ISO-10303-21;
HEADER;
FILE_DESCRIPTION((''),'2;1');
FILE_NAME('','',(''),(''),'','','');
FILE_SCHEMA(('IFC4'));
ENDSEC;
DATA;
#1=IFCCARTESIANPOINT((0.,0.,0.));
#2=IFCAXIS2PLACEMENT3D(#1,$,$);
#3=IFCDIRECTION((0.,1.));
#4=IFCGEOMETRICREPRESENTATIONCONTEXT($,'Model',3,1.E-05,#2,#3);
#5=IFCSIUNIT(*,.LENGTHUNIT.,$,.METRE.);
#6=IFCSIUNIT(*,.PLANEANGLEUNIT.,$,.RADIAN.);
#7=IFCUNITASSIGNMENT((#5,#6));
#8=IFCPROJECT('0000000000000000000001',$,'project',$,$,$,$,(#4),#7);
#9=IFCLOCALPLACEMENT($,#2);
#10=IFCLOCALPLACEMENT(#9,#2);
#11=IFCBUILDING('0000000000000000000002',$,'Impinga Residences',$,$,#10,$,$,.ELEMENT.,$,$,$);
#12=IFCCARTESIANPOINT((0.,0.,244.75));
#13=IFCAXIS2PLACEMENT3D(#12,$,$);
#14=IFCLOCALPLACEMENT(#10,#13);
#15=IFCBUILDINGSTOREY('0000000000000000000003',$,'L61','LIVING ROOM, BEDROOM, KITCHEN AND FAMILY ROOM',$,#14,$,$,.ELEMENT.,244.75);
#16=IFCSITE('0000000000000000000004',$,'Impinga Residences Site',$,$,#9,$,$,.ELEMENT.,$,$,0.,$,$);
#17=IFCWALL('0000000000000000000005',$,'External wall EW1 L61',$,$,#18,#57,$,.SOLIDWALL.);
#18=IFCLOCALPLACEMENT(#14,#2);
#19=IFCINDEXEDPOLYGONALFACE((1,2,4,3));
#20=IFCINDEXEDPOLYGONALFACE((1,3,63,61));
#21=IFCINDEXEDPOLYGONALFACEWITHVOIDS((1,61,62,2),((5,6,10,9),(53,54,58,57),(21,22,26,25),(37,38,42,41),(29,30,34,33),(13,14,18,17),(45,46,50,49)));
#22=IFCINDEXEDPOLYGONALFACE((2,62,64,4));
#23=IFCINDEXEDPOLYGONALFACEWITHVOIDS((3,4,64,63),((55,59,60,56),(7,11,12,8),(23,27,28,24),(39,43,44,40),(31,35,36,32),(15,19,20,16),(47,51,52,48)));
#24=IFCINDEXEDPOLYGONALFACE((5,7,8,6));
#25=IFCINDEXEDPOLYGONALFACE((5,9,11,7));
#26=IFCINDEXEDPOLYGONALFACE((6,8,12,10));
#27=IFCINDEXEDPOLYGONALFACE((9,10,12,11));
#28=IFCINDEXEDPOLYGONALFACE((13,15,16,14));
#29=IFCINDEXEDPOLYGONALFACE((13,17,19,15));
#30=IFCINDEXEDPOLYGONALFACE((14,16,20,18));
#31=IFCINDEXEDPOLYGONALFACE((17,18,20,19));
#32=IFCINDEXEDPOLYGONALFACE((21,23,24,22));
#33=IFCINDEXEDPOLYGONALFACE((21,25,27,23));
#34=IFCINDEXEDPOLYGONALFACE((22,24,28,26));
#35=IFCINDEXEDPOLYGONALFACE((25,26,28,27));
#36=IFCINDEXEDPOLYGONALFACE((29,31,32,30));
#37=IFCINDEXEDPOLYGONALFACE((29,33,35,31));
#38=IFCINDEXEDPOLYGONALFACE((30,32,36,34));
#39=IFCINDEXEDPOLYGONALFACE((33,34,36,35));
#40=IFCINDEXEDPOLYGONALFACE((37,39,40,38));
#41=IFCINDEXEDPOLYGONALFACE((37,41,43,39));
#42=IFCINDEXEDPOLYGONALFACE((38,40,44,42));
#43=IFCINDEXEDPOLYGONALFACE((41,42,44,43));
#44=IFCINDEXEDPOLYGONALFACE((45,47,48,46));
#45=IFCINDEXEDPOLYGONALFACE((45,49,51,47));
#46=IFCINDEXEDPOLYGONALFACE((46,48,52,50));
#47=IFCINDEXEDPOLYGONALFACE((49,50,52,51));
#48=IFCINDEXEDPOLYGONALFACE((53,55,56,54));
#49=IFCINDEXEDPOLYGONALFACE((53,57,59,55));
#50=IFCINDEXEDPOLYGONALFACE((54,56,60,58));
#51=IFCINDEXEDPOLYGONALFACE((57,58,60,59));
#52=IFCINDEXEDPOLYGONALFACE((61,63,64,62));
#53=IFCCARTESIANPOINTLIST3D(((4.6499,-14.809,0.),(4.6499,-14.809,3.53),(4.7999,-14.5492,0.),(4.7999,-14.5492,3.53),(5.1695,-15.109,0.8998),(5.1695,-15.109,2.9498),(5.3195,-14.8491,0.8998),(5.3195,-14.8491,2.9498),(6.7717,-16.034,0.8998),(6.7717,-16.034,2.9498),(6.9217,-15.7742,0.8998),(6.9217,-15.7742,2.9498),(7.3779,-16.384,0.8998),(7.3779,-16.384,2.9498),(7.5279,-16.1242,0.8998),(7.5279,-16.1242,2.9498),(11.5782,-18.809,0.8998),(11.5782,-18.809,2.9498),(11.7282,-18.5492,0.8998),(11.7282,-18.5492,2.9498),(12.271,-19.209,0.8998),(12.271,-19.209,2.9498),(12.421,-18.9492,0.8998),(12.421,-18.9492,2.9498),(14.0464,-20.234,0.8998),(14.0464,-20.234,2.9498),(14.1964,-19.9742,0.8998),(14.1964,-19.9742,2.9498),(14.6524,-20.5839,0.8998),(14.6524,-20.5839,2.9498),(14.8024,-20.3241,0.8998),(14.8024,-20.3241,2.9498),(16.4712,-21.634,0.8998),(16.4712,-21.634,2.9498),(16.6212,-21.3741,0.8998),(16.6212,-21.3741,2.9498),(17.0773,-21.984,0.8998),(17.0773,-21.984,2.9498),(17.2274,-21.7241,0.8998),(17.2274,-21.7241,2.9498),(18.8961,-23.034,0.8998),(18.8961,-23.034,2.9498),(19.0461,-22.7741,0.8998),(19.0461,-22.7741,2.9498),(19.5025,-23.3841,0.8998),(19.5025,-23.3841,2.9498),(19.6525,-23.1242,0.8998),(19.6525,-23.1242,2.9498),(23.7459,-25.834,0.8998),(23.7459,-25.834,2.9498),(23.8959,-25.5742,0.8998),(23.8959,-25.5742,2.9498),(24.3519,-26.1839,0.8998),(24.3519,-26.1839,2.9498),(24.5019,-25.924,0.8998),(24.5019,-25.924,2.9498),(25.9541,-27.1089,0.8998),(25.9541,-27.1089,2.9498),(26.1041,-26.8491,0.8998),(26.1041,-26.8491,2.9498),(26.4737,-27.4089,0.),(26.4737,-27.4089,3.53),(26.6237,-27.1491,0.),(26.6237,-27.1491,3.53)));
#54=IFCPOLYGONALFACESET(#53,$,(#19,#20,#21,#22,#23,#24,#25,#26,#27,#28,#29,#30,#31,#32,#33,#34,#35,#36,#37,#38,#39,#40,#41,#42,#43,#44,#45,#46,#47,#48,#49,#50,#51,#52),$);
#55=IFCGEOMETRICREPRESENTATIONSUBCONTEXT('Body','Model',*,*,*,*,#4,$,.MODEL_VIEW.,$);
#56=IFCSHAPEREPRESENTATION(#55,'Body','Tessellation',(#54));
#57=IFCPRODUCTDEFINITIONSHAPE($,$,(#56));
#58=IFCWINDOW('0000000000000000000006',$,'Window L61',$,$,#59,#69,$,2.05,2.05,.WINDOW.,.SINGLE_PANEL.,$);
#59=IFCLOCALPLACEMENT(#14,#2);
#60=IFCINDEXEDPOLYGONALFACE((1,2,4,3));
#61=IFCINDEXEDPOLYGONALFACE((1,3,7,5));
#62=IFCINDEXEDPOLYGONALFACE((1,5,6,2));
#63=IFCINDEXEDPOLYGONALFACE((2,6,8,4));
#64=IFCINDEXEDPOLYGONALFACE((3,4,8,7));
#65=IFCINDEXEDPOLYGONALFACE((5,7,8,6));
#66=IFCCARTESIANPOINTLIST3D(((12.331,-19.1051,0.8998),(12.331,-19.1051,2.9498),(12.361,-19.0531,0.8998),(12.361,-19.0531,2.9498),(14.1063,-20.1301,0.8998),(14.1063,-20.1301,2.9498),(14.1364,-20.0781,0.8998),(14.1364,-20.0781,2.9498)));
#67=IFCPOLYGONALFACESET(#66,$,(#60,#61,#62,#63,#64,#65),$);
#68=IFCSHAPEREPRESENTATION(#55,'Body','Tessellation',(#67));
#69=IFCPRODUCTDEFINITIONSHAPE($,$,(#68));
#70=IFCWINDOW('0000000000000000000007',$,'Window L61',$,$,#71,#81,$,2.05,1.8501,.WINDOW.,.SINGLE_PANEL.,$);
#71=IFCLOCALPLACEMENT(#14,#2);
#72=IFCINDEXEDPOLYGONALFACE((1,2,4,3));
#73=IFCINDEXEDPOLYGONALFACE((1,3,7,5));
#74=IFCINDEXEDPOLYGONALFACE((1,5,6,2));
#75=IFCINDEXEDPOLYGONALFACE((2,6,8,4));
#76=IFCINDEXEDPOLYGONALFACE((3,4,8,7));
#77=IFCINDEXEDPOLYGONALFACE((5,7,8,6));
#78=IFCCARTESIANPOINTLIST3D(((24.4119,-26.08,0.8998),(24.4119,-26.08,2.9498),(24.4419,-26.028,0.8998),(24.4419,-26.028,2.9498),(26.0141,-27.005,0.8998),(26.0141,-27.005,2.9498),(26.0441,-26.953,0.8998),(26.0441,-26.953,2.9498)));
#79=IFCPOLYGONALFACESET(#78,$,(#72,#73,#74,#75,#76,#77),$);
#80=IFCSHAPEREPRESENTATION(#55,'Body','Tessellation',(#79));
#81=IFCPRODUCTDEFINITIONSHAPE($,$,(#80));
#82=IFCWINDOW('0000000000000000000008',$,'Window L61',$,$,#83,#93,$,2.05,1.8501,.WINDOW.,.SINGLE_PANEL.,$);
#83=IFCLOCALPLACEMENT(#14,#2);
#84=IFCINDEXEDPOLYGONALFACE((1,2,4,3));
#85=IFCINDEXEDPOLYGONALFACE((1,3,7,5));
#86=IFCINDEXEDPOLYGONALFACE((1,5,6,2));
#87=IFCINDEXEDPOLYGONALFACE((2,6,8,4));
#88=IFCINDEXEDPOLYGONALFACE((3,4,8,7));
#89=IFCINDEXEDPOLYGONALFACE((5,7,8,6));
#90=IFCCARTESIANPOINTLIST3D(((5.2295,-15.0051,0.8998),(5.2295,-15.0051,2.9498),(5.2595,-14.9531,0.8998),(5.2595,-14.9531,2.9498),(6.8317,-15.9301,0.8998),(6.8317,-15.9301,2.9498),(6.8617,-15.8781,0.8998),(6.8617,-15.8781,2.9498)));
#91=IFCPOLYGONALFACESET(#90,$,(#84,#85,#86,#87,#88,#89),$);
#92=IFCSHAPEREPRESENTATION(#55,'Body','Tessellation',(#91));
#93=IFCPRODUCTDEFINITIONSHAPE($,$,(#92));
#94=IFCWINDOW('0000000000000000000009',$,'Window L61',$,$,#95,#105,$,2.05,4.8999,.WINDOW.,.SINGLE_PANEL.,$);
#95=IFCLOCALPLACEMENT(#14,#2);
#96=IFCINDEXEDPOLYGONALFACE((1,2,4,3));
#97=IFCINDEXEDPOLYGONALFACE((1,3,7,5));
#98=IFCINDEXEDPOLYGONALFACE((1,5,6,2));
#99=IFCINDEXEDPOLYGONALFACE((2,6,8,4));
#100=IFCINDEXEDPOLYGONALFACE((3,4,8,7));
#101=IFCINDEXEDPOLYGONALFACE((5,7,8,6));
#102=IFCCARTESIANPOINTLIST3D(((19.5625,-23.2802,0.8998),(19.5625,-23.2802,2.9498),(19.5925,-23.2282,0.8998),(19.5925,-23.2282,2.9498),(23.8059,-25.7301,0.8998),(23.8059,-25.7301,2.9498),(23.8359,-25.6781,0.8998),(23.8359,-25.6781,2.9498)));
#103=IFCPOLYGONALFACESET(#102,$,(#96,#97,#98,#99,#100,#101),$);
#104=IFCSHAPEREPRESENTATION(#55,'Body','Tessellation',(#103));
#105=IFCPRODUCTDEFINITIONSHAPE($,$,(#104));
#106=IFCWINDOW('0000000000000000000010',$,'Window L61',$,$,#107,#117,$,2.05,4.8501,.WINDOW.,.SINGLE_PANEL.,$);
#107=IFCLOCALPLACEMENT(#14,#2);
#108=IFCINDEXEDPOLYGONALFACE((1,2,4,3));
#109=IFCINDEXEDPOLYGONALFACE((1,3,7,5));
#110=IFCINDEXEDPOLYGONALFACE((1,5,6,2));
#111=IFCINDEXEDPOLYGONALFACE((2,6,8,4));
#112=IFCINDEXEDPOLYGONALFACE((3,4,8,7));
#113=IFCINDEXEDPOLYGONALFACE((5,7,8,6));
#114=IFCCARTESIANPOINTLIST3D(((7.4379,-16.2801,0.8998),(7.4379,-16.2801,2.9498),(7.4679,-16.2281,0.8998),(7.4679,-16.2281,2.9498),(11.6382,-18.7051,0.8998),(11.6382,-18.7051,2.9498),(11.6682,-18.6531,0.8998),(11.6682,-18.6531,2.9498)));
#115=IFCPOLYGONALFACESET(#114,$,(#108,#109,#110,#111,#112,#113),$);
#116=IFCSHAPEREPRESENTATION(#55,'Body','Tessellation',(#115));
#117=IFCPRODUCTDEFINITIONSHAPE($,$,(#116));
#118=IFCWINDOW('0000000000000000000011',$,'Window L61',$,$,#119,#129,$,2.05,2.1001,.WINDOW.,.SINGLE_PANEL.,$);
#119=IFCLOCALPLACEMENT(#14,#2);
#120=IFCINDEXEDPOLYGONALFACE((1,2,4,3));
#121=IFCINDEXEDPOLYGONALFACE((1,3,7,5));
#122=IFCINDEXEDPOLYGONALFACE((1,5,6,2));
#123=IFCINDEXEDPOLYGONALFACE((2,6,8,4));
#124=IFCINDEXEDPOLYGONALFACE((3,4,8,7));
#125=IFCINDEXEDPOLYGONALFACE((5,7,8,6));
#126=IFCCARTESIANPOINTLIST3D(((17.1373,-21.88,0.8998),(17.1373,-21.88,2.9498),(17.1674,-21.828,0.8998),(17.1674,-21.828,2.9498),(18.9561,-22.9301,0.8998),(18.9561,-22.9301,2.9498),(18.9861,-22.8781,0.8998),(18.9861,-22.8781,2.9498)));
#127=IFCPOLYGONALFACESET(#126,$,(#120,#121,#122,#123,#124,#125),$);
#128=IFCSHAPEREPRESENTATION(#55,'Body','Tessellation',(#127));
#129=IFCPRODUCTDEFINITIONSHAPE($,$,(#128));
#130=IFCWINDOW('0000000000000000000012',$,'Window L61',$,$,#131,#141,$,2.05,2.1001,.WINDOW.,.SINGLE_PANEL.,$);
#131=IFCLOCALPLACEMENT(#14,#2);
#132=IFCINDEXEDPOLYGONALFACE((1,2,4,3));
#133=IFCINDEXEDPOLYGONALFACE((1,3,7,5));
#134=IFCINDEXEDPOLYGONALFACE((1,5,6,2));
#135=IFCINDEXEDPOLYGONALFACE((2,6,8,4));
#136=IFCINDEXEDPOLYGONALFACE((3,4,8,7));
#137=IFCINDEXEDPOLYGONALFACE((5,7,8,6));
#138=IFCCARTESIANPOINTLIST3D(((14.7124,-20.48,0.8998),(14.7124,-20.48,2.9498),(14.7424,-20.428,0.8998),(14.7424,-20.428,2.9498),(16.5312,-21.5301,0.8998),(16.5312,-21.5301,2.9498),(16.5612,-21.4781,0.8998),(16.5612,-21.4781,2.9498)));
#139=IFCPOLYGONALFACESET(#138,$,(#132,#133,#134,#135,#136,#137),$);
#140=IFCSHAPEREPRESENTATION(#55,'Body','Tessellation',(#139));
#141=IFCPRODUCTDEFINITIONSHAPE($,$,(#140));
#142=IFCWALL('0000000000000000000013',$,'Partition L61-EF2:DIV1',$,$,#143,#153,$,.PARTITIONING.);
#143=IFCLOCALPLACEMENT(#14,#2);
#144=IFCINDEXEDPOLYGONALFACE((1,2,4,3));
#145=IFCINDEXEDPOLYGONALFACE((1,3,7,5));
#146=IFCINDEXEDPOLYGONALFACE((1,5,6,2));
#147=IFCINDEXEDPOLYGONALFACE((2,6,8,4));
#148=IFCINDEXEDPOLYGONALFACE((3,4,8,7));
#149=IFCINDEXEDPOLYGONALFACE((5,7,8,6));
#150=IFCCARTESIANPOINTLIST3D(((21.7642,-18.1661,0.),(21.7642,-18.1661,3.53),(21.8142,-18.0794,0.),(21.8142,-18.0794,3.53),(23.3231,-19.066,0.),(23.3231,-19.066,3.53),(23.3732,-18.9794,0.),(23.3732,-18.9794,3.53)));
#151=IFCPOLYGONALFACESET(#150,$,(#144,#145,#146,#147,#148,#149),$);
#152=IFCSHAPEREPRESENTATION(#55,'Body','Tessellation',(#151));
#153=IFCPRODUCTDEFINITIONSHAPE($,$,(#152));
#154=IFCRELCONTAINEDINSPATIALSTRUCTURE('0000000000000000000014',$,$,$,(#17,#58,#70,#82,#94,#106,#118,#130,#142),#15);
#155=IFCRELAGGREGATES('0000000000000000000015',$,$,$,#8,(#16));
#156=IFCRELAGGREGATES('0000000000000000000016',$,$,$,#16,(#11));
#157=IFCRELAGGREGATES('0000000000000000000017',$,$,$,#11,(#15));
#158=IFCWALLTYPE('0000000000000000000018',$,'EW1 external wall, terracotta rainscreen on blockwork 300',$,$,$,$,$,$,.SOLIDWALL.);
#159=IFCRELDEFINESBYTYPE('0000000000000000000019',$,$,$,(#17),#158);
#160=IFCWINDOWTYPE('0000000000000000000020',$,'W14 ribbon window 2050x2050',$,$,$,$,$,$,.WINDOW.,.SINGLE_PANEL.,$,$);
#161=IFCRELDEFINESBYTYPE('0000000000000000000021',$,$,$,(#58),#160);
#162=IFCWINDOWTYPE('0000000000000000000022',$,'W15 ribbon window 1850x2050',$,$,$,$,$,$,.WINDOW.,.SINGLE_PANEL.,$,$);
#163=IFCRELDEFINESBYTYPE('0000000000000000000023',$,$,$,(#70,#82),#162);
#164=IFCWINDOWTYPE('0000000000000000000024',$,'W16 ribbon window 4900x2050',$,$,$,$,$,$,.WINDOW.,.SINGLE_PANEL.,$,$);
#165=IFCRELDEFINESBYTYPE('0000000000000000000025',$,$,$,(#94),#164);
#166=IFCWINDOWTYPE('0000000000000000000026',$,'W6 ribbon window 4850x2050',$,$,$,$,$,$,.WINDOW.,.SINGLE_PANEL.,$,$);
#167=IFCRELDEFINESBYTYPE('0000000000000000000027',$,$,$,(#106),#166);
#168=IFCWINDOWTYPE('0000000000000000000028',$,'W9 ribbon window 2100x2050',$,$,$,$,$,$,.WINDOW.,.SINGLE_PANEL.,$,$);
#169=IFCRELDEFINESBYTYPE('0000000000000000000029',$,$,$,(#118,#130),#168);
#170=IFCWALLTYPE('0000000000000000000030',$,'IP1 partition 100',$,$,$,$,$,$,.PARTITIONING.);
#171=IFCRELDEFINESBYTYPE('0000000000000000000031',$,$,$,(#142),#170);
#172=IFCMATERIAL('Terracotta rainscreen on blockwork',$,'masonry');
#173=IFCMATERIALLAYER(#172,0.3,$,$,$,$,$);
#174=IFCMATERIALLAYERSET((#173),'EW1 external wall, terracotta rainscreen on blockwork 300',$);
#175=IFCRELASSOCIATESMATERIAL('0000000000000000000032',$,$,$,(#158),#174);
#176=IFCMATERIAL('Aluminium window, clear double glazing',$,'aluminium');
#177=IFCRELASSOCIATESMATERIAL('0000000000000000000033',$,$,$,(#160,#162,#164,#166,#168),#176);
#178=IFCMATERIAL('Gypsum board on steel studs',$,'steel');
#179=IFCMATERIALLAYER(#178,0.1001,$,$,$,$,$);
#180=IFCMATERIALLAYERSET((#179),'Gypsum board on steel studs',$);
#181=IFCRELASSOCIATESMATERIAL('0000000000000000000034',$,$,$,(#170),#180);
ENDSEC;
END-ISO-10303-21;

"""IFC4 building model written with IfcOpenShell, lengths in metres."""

from ifc_helpers import new_model, si_unit, direction, frame, frame_2d, origin, place, context, subcontext, project, spatial, rectangle, extrude, material, layer, layer_set, type_object, element, fill, save


model = new_model("IFC4")

# Units and contexts
model_context = context("Model", 3, precision=1e-05, world=origin(), true_north=direction((0.0, 1.0)))
body_context = subcontext(model_context, "Body", "Model", "MODEL_VIEW")
ifc_project = project(units=[si_unit("LENGTHUNIT", "METRE"), si_unit("PLANEANGLEUNIT", "RADIAN")], contexts=[model_context])

# Site, building, storey
site_placement = place(None, origin())
site = spatial("IfcSite", under=ifc_project, at=site_placement, Name="Impinga Residences Site", CompositionType="ELEMENT", RefElevation=0.0)
building_placement = place(site_placement, origin())
building = spatial("IfcBuilding", under=site, at=building_placement, Name="Impinga Residences", CompositionType="ELEMENT")
storey_placement = place(building_placement, frame((0.0, 0.0, 244.75)))
storey = spatial("IfcBuildingStorey", under=building, at=storey_placement, Name="L61", Description="LIVING ROOM, BEDROOM, KITCHEN AND FAMILY ROOM", CompositionType="ELEMENT", Elevation=244.75)

# Shared definitions
ifc_material_1 = material(Name="Terracotta rainscreen on blockwork", Category="masonry")
ifc_layer_1 = layer(ifc_material_1, 0.3)
ifc_layer_set_1 = layer_set([ifc_layer_1], Name="EW1 external wall, terracotta rainscreen on blockwork 300")
wall_type_1 = type_object("IfcWallType", Name="EW1 external wall, terracotta rainscreen on blockwork 300", PredefinedType="SOLIDWALL", material=ifc_layer_set_1)

# Wall, openings, windows
wall_1_placement = place(storey_placement, frame((26.5488, -27.2791, 0.0), z_axis=(0.0, 0.0, 1.0), x_axis=(-0.866027, 0.499998, 0.0)))
wall_1 = element("IfcWall", 1, at=wall_1_placement, inside=storey, type_object=wall_type_1, Name="External wall EW1 L61", PredefinedType="SOLIDWALL", context=body_context, shape_type="SweptSolid", body=[
    extrude(rectangle(XDim=25.2, YDim=0.3, at=frame_2d((12.6001, 0.0))), origin(), (0.0, 0.0, 1.0), 3.53),
])
opening_1_placement = place(wall_1_placement, frame((0.6001, 0.0, 0.8999)))
opening_1 = element("IfcOpeningElement", 2, at=opening_1_placement, cuts=wall_1, PredefinedType="OPENING", context=body_context, shape_type="SweptSolid", body=[
    extrude(rectangle(XDim=1.8501, YDim=2.05, at=frame_2d((0.925, 1.0249))), frame((0.0, 0.1599, 0.0), z_axis=(0.0, -1.0, 0.0), x_axis=(1.0, 0.0, 0.0)), (0.0, 0.0, 1.0), 0.3201),
])
opening_2_placement = place(wall_1_placement, frame((3.1499, 0.0, 0.8999)))
opening_2 = element("IfcOpeningElement", 3, at=opening_2_placement, cuts=wall_1, PredefinedType="OPENING", context=body_context, shape_type="SweptSolid", body=[
    extrude(rectangle(XDim=4.8999, YDim=2.05, at=frame_2d((2.45, 1.0249))), frame((0.0, 0.1599, 0.0), z_axis=(0.0, -1.0, 0.0), x_axis=(1.0, 0.0, 0.0)), (0.0, 0.0, 1.0), 0.3201),
])
opening_3_placement = place(wall_1_placement, frame((8.75, 0.0, 0.8999)))
opening_3 = element("IfcOpeningElement", 4, at=opening_3_placement, cuts=wall_1, PredefinedType="OPENING", context=body_context, shape_type="SweptSolid", body=[
    extrude(rectangle(XDim=2.1001, YDim=2.05, at=frame_2d((1.05, 1.0249))), frame((0.0, 0.1599, 0.0), z_axis=(0.0, -1.0, 0.0), x_axis=(1.0, 0.0, 0.0)), (0.0, 0.0, 1.0), 0.3201),
])
opening_4_placement = place(wall_1_placement, frame((11.55, 0.0, 0.8999)))
opening_4 = element("IfcOpeningElement", 5, at=opening_4_placement, cuts=wall_1, PredefinedType="OPENING", context=body_context, shape_type="SweptSolid", body=[
    extrude(rectangle(XDim=2.1001, YDim=2.05, at=frame_2d((1.05, 1.0249))), frame((0.0, 0.1599, 0.0), z_axis=(0.0, -1.0, 0.0), x_axis=(1.0, 0.0, 0.0)), (0.0, 0.0, 1.0), 0.3201),
])
opening_5_placement = place(wall_1_placement, frame((14.3501, 0.0, 0.8999)))
opening_5 = element("IfcOpeningElement", 6, at=opening_5_placement, cuts=wall_1, PredefinedType="OPENING", context=body_context, shape_type="SweptSolid", body=[
    extrude(rectangle(XDim=2.05, YDim=2.05, at=frame_2d((1.0249, 1.0249))), frame((0.0, 0.1599, 0.0), z_axis=(0.0, -1.0, 0.0), x_axis=(1.0, 0.0, 0.0)), (0.0, 0.0, 1.0), 0.3201),
])
opening_6_placement = place(wall_1_placement, frame((17.2, 0.0, 0.8999)))
opening_6 = element("IfcOpeningElement", 7, at=opening_6_placement, cuts=wall_1, PredefinedType="OPENING", context=body_context, shape_type="SweptSolid", body=[
    extrude(rectangle(XDim=4.8501, YDim=2.05, at=frame_2d((2.425, 1.0249))), frame((0.0, 0.1599, 0.0), z_axis=(0.0, -1.0, 0.0), x_axis=(1.0, 0.0, 0.0)), (0.0, 0.0, 1.0), 0.3201),
])
opening_7_placement = place(wall_1_placement, frame((22.75, 0.0, 0.8999)))
opening_7 = element("IfcOpeningElement", 8, at=opening_7_placement, cuts=wall_1, PredefinedType="OPENING", context=body_context, shape_type="SweptSolid", body=[
    extrude(rectangle(XDim=1.8501, YDim=2.05, at=frame_2d((0.925, 1.0249))), frame((0.0, 0.1599, 0.0), z_axis=(0.0, -1.0, 0.0), x_axis=(1.0, 0.0, 0.0)), (0.0, 0.0, 1.0), 0.3201),
])
ifc_material_2 = material(Name="Aluminium window, clear double glazing", Category="aluminium")
window_type_1 = type_object("IfcWindowType", Name="W14 ribbon window 2050x2050", PartitioningType="SINGLE_PANEL", PredefinedType="WINDOW", material=ifc_material_2)
window_1_placement = place(opening_5_placement, origin())
window_1 = element("IfcWindow", 9, at=window_1_placement, inside=storey, type_object=window_type_1, Name="Window L61", OverallHeight=2.05, OverallWidth=2.05, PartitioningType="SINGLE_PANEL", PredefinedType="WINDOW", context=body_context, shape_type="SweptSolid", body=[
    extrude(rectangle(XDim=2.05, YDim=2.05, at=frame_2d((1.0249, 1.0249))), frame((0.0, 0.03, 0.0), z_axis=(0.0, -1.0, 0.0), x_axis=(1.0, 0.0, 0.0)), (0.0, 0.0, 1.0), 0.0601),
])
fill(opening_5, window_1)
window_type_2 = type_object("IfcWindowType", Name="W15 ribbon window 1850x2050", PartitioningType="SINGLE_PANEL", PredefinedType="WINDOW", material=ifc_material_2)
window_2_placement = place(opening_1_placement, origin())
window_2 = element("IfcWindow", 10, at=window_2_placement, inside=storey, type_object=window_type_2, Name="Window L61", OverallHeight=2.05, OverallWidth=1.8501, PartitioningType="SINGLE_PANEL", PredefinedType="WINDOW", context=body_context, shape_type="SweptSolid", body=[
    extrude(rectangle(XDim=1.8501, YDim=2.05, at=frame_2d((0.925, 1.0249))), frame((0.0, 0.03, 0.0), z_axis=(0.0, -1.0, 0.0), x_axis=(1.0, 0.0, 0.0)), (0.0, 0.0, 1.0), 0.0601),
])
fill(opening_1, window_2)
window_3_placement = place(opening_7_placement, origin())
window_3 = element("IfcWindow", 11, at=window_3_placement, inside=storey, type_object=window_type_2, Name="Window L61", OverallHeight=2.05, OverallWidth=1.8501, PartitioningType="SINGLE_PANEL", PredefinedType="WINDOW", context=body_context, shape_type="SweptSolid", body=[
    extrude(rectangle(XDim=1.8501, YDim=2.05, at=frame_2d((0.925, 1.0249))), frame((0.0, 0.03, 0.0), z_axis=(0.0, -1.0, 0.0), x_axis=(1.0, 0.0, 0.0)), (0.0, 0.0, 1.0), 0.0601),
])
fill(opening_7, window_3)
window_type_3 = type_object("IfcWindowType", Name="W16 ribbon window 4900x2050", PartitioningType="SINGLE_PANEL", PredefinedType="WINDOW", material=ifc_material_2)
window_4_placement = place(opening_2_placement, origin())
window_4 = element("IfcWindow", 12, at=window_4_placement, inside=storey, type_object=window_type_3, Name="Window L61", OverallHeight=2.05, OverallWidth=4.8999, PartitioningType="SINGLE_PANEL", PredefinedType="WINDOW", context=body_context, shape_type="SweptSolid", body=[
    extrude(rectangle(XDim=4.8999, YDim=2.05, at=frame_2d((2.45, 1.0249))), frame((0.0, 0.03, 0.0), z_axis=(0.0, -1.0, 0.0), x_axis=(1.0, 0.0, 0.0)), (0.0, 0.0, 1.0), 0.0601),
])
fill(opening_2, window_4)
window_type_4 = type_object("IfcWindowType", Name="W6 ribbon window 4850x2050", PartitioningType="SINGLE_PANEL", PredefinedType="WINDOW", material=ifc_material_2)
window_5_placement = place(opening_6_placement, origin())
window_5 = element("IfcWindow", 13, at=window_5_placement, inside=storey, type_object=window_type_4, Name="Window L61", OverallHeight=2.05, OverallWidth=4.8501, PartitioningType="SINGLE_PANEL", PredefinedType="WINDOW", context=body_context, shape_type="SweptSolid", body=[
    extrude(rectangle(XDim=4.8501, YDim=2.05, at=frame_2d((2.425, 1.0249))), frame((0.0, 0.03, 0.0), z_axis=(0.0, -1.0, 0.0), x_axis=(1.0, 0.0, 0.0)), (0.0, 0.0, 1.0), 0.0601),
])
fill(opening_6, window_5)
window_type_5 = type_object("IfcWindowType", Name="W9 ribbon window 2100x2050", PartitioningType="SINGLE_PANEL", PredefinedType="WINDOW", material=ifc_material_2)
window_6_placement = place(opening_3_placement, origin())
window_6 = element("IfcWindow", 14, at=window_6_placement, inside=storey, type_object=window_type_5, Name="Window L61", OverallHeight=2.05, OverallWidth=2.1001, PartitioningType="SINGLE_PANEL", PredefinedType="WINDOW", context=body_context, shape_type="SweptSolid", body=[
    extrude(rectangle(XDim=2.1001, YDim=2.05, at=frame_2d((1.05, 1.0249))), frame((0.0, 0.03, 0.0), z_axis=(0.0, -1.0, 0.0), x_axis=(1.0, 0.0, 0.0)), (0.0, 0.0, 1.0), 0.0601),
])
fill(opening_3, window_6)
window_7_placement = place(opening_4_placement, origin())
window_7 = element("IfcWindow", 15, at=window_7_placement, inside=storey, type_object=window_type_5, Name="Window L61", OverallHeight=2.05, OverallWidth=2.1001, PartitioningType="SINGLE_PANEL", PredefinedType="WINDOW", context=body_context, shape_type="SweptSolid", body=[
    extrude(rectangle(XDim=2.1001, YDim=2.05, at=frame_2d((1.05, 1.0249))), frame((0.0, 0.03, 0.0), z_axis=(0.0, -1.0, 0.0), x_axis=(1.0, 0.0, 0.0)), (0.0, 0.0, 1.0), 0.0601),
])
fill(opening_4, window_7)

# Wall
ifc_material_3 = material(Name="Gypsum board on steel studs", Category="steel")
ifc_layer_2 = layer(ifc_material_3, 0.1001)
ifc_layer_set_2 = layer_set([ifc_layer_2], Name="Gypsum board on steel studs")
wall_type_2 = type_object("IfcWallType", Name="IP1 partition 100", PredefinedType="PARTITIONING", material=ifc_layer_set_2)
wall_2_placement = place(storey_placement, frame((21.7893, -18.1228, 0.0), z_axis=(0.0, 0.0, 1.0), x_axis=(0.866048, -0.499961, 0.0)))
element("IfcWall", 16, at=wall_2_placement, inside=storey, type_object=wall_type_2, Name="Partition L61-EF2:DIV1", PredefinedType="PARTITIONING", context=body_context, shape_type="SweptSolid", body=[
    extrude(rectangle(XDim=1.8, YDim=0.1001, at=frame_2d((0.8999, 0.0))), origin(), (0.0, 0.0, 1.0), 3.53),
])

save(model, "model.ifc")
